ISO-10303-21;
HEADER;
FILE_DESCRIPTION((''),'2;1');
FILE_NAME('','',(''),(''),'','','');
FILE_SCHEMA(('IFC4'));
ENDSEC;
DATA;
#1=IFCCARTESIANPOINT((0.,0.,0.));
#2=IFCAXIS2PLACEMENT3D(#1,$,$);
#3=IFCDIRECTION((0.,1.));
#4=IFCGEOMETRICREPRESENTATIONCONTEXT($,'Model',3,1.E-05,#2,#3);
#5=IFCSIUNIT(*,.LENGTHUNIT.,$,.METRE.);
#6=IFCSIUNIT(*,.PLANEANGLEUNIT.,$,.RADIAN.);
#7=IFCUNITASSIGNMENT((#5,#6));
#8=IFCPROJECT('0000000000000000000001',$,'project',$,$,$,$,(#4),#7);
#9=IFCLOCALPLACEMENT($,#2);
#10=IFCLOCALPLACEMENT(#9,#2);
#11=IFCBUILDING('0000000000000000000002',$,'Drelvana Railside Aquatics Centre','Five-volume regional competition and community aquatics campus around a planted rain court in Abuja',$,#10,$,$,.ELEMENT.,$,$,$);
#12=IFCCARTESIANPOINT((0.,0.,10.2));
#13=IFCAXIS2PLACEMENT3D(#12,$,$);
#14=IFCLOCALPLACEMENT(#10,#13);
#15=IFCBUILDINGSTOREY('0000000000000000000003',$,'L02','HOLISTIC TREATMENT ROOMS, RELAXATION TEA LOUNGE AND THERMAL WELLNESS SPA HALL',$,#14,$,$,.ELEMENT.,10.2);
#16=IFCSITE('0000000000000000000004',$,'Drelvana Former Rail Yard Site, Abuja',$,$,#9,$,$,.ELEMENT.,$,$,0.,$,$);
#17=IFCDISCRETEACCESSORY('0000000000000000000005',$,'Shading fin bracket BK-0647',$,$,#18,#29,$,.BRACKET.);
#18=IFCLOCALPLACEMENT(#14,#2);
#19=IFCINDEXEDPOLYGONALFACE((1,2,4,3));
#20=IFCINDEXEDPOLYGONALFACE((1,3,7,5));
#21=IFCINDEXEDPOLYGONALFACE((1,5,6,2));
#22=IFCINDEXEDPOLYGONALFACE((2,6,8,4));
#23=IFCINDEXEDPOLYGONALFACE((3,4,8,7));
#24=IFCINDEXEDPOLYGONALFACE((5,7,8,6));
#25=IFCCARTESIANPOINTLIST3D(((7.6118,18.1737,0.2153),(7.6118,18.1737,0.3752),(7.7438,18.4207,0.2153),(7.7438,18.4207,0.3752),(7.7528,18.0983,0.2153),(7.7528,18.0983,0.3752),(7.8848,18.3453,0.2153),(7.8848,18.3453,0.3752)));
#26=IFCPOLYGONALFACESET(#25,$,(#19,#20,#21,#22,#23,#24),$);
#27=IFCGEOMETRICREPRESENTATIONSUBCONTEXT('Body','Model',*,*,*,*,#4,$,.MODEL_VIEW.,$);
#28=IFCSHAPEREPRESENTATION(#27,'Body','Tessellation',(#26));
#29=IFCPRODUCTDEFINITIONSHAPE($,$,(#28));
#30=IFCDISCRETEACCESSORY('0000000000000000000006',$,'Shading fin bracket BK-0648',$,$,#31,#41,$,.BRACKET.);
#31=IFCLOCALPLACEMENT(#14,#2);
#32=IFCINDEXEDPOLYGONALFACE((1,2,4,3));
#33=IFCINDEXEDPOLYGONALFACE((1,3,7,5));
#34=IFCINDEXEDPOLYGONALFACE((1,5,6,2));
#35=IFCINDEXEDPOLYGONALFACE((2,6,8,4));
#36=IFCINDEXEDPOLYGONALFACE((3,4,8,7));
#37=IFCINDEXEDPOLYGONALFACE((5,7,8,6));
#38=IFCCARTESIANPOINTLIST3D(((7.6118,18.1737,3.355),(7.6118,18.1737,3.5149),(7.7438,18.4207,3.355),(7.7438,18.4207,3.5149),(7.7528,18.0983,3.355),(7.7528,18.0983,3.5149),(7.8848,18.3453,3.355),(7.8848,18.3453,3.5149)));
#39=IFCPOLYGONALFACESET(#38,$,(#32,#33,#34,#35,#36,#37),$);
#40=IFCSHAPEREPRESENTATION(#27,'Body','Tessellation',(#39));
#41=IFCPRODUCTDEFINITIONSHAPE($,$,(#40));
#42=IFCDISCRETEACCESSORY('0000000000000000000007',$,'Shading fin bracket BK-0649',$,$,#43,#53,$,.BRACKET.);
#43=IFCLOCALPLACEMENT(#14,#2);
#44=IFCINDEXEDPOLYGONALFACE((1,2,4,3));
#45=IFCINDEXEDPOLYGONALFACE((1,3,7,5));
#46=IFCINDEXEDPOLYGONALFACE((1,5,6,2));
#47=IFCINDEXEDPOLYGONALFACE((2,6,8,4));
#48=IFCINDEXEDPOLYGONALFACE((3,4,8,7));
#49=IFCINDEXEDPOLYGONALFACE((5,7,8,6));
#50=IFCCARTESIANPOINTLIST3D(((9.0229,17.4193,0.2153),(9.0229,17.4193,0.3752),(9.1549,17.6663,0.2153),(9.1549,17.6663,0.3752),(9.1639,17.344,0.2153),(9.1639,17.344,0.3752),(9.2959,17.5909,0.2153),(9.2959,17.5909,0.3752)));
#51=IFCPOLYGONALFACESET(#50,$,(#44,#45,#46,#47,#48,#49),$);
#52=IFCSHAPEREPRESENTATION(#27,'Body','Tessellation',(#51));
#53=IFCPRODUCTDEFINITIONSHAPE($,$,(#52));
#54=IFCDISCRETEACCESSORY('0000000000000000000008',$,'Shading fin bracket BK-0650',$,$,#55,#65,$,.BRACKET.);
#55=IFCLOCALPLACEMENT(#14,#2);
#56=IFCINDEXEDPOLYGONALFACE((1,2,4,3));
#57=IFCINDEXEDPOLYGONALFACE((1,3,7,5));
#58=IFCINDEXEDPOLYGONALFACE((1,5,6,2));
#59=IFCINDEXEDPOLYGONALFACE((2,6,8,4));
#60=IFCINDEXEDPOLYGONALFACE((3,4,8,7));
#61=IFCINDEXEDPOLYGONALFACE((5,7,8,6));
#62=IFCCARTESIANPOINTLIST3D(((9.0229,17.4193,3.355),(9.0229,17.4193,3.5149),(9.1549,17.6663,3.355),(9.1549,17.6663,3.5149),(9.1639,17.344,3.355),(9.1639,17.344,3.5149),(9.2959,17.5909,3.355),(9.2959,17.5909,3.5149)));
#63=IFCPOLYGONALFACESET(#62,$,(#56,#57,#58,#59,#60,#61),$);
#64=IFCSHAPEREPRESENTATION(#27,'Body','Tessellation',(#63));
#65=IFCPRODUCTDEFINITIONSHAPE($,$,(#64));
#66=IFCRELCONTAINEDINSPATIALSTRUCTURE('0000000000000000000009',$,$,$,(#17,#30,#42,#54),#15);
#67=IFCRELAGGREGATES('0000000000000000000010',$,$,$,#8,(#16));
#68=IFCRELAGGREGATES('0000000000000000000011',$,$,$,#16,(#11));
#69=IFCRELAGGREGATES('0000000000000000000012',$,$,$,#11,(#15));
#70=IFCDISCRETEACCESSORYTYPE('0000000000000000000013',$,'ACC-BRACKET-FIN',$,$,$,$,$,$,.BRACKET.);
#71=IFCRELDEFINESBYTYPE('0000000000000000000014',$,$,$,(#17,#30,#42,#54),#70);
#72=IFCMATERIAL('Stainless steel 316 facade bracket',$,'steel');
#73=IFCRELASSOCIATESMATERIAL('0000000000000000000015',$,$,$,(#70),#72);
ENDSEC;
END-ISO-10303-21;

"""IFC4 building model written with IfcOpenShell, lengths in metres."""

from ifc_helpers import new_model, si_unit, direction, frame, origin, origin_2d, place, context, subcontext, project, spatial, rectangle, extrude, material, type_object, element, save


model = new_model("IFC4")

# Units and contexts
model_context = context("Model", 3, precision=1e-05, world=origin(), true_north=direction((0.0, 1.0)))
body_context = subcontext(model_context, "Body", "Model", "MODEL_VIEW")
ifc_project = project(units=[si_unit("LENGTHUNIT", "METRE"), si_unit("PLANEANGLEUNIT", "RADIAN")], contexts=[model_context])

# Site, building, storey
site_placement = place(None, origin())
site = spatial("IfcSite", under=ifc_project, at=site_placement, Name="Drelvana Former Rail Yard Site, Abuja", CompositionType="ELEMENT", RefElevation=0.0)
building_placement = place(site_placement, origin())
building = spatial("IfcBuilding", under=site, at=building_placement, Name="Drelvana Railside Aquatics Centre", Description="Five-volume regional competition and community aquatics campus around a planted rain court in Abuja", CompositionType="ELEMENT")
storey_placement = place(building_placement, frame((0.0, 0.0, 10.2)))
storey = spatial("IfcBuildingStorey", under=building, at=storey_placement, Name="L02", Description="HOLISTIC TREATMENT ROOMS, RELAXATION TEA LOUNGE AND THERMAL WELLNESS SPA HALL", CompositionType="ELEMENT", Elevation=10.2)

# Discrete accessories
ifc_material_1 = material(Name="Stainless steel 316 facade bracket", Category="steel")
discrete_accessory_type = type_object("IfcDiscreteAccessoryType", Name="ACC-BRACKET-FIN", PredefinedType="BRACKET", material=ifc_material_1)
for number, where, z_axis, x_axis, name in (
    (1, (7.7483, 18.2595, 0.2153), (0.0, 0.0, 1.0), (-0.471397, -0.881921, 0.0), "Shading fin bracket BK-0647"),
    (2, (7.7483, 18.2595, 3.355), (0.0, 0.0, 1.0), (-0.471397, -0.881921, 0.0), "Shading fin bracket BK-0648"),
    (3, (9.1594, 17.5051, 0.2153), (0.0, 0.0, 1.0), (-0.471397, -0.881921, 0.0), "Shading fin bracket BK-0649"),
    (4, (9.1594, 17.5051, 3.355), (0.0, 0.0, 1.0), (-0.471397, -0.881921, 0.0), "Shading fin bracket BK-0650"),
):
    element("IfcDiscreteAccessory", number, at=place(storey_placement, frame(where, z_axis=z_axis, x_axis=x_axis)), inside=storey, type_object=discrete_accessory_type, Name=name, PredefinedType="BRACKET", context=body_context, shape_type="SweptSolid", body=[
        extrude(rectangle(XDim=0.28, YDim=0.1599, at=origin_2d()), origin(), (0.0, 0.0, 1.0), 0.1599),
    ])

save(model, "model.ifc")
